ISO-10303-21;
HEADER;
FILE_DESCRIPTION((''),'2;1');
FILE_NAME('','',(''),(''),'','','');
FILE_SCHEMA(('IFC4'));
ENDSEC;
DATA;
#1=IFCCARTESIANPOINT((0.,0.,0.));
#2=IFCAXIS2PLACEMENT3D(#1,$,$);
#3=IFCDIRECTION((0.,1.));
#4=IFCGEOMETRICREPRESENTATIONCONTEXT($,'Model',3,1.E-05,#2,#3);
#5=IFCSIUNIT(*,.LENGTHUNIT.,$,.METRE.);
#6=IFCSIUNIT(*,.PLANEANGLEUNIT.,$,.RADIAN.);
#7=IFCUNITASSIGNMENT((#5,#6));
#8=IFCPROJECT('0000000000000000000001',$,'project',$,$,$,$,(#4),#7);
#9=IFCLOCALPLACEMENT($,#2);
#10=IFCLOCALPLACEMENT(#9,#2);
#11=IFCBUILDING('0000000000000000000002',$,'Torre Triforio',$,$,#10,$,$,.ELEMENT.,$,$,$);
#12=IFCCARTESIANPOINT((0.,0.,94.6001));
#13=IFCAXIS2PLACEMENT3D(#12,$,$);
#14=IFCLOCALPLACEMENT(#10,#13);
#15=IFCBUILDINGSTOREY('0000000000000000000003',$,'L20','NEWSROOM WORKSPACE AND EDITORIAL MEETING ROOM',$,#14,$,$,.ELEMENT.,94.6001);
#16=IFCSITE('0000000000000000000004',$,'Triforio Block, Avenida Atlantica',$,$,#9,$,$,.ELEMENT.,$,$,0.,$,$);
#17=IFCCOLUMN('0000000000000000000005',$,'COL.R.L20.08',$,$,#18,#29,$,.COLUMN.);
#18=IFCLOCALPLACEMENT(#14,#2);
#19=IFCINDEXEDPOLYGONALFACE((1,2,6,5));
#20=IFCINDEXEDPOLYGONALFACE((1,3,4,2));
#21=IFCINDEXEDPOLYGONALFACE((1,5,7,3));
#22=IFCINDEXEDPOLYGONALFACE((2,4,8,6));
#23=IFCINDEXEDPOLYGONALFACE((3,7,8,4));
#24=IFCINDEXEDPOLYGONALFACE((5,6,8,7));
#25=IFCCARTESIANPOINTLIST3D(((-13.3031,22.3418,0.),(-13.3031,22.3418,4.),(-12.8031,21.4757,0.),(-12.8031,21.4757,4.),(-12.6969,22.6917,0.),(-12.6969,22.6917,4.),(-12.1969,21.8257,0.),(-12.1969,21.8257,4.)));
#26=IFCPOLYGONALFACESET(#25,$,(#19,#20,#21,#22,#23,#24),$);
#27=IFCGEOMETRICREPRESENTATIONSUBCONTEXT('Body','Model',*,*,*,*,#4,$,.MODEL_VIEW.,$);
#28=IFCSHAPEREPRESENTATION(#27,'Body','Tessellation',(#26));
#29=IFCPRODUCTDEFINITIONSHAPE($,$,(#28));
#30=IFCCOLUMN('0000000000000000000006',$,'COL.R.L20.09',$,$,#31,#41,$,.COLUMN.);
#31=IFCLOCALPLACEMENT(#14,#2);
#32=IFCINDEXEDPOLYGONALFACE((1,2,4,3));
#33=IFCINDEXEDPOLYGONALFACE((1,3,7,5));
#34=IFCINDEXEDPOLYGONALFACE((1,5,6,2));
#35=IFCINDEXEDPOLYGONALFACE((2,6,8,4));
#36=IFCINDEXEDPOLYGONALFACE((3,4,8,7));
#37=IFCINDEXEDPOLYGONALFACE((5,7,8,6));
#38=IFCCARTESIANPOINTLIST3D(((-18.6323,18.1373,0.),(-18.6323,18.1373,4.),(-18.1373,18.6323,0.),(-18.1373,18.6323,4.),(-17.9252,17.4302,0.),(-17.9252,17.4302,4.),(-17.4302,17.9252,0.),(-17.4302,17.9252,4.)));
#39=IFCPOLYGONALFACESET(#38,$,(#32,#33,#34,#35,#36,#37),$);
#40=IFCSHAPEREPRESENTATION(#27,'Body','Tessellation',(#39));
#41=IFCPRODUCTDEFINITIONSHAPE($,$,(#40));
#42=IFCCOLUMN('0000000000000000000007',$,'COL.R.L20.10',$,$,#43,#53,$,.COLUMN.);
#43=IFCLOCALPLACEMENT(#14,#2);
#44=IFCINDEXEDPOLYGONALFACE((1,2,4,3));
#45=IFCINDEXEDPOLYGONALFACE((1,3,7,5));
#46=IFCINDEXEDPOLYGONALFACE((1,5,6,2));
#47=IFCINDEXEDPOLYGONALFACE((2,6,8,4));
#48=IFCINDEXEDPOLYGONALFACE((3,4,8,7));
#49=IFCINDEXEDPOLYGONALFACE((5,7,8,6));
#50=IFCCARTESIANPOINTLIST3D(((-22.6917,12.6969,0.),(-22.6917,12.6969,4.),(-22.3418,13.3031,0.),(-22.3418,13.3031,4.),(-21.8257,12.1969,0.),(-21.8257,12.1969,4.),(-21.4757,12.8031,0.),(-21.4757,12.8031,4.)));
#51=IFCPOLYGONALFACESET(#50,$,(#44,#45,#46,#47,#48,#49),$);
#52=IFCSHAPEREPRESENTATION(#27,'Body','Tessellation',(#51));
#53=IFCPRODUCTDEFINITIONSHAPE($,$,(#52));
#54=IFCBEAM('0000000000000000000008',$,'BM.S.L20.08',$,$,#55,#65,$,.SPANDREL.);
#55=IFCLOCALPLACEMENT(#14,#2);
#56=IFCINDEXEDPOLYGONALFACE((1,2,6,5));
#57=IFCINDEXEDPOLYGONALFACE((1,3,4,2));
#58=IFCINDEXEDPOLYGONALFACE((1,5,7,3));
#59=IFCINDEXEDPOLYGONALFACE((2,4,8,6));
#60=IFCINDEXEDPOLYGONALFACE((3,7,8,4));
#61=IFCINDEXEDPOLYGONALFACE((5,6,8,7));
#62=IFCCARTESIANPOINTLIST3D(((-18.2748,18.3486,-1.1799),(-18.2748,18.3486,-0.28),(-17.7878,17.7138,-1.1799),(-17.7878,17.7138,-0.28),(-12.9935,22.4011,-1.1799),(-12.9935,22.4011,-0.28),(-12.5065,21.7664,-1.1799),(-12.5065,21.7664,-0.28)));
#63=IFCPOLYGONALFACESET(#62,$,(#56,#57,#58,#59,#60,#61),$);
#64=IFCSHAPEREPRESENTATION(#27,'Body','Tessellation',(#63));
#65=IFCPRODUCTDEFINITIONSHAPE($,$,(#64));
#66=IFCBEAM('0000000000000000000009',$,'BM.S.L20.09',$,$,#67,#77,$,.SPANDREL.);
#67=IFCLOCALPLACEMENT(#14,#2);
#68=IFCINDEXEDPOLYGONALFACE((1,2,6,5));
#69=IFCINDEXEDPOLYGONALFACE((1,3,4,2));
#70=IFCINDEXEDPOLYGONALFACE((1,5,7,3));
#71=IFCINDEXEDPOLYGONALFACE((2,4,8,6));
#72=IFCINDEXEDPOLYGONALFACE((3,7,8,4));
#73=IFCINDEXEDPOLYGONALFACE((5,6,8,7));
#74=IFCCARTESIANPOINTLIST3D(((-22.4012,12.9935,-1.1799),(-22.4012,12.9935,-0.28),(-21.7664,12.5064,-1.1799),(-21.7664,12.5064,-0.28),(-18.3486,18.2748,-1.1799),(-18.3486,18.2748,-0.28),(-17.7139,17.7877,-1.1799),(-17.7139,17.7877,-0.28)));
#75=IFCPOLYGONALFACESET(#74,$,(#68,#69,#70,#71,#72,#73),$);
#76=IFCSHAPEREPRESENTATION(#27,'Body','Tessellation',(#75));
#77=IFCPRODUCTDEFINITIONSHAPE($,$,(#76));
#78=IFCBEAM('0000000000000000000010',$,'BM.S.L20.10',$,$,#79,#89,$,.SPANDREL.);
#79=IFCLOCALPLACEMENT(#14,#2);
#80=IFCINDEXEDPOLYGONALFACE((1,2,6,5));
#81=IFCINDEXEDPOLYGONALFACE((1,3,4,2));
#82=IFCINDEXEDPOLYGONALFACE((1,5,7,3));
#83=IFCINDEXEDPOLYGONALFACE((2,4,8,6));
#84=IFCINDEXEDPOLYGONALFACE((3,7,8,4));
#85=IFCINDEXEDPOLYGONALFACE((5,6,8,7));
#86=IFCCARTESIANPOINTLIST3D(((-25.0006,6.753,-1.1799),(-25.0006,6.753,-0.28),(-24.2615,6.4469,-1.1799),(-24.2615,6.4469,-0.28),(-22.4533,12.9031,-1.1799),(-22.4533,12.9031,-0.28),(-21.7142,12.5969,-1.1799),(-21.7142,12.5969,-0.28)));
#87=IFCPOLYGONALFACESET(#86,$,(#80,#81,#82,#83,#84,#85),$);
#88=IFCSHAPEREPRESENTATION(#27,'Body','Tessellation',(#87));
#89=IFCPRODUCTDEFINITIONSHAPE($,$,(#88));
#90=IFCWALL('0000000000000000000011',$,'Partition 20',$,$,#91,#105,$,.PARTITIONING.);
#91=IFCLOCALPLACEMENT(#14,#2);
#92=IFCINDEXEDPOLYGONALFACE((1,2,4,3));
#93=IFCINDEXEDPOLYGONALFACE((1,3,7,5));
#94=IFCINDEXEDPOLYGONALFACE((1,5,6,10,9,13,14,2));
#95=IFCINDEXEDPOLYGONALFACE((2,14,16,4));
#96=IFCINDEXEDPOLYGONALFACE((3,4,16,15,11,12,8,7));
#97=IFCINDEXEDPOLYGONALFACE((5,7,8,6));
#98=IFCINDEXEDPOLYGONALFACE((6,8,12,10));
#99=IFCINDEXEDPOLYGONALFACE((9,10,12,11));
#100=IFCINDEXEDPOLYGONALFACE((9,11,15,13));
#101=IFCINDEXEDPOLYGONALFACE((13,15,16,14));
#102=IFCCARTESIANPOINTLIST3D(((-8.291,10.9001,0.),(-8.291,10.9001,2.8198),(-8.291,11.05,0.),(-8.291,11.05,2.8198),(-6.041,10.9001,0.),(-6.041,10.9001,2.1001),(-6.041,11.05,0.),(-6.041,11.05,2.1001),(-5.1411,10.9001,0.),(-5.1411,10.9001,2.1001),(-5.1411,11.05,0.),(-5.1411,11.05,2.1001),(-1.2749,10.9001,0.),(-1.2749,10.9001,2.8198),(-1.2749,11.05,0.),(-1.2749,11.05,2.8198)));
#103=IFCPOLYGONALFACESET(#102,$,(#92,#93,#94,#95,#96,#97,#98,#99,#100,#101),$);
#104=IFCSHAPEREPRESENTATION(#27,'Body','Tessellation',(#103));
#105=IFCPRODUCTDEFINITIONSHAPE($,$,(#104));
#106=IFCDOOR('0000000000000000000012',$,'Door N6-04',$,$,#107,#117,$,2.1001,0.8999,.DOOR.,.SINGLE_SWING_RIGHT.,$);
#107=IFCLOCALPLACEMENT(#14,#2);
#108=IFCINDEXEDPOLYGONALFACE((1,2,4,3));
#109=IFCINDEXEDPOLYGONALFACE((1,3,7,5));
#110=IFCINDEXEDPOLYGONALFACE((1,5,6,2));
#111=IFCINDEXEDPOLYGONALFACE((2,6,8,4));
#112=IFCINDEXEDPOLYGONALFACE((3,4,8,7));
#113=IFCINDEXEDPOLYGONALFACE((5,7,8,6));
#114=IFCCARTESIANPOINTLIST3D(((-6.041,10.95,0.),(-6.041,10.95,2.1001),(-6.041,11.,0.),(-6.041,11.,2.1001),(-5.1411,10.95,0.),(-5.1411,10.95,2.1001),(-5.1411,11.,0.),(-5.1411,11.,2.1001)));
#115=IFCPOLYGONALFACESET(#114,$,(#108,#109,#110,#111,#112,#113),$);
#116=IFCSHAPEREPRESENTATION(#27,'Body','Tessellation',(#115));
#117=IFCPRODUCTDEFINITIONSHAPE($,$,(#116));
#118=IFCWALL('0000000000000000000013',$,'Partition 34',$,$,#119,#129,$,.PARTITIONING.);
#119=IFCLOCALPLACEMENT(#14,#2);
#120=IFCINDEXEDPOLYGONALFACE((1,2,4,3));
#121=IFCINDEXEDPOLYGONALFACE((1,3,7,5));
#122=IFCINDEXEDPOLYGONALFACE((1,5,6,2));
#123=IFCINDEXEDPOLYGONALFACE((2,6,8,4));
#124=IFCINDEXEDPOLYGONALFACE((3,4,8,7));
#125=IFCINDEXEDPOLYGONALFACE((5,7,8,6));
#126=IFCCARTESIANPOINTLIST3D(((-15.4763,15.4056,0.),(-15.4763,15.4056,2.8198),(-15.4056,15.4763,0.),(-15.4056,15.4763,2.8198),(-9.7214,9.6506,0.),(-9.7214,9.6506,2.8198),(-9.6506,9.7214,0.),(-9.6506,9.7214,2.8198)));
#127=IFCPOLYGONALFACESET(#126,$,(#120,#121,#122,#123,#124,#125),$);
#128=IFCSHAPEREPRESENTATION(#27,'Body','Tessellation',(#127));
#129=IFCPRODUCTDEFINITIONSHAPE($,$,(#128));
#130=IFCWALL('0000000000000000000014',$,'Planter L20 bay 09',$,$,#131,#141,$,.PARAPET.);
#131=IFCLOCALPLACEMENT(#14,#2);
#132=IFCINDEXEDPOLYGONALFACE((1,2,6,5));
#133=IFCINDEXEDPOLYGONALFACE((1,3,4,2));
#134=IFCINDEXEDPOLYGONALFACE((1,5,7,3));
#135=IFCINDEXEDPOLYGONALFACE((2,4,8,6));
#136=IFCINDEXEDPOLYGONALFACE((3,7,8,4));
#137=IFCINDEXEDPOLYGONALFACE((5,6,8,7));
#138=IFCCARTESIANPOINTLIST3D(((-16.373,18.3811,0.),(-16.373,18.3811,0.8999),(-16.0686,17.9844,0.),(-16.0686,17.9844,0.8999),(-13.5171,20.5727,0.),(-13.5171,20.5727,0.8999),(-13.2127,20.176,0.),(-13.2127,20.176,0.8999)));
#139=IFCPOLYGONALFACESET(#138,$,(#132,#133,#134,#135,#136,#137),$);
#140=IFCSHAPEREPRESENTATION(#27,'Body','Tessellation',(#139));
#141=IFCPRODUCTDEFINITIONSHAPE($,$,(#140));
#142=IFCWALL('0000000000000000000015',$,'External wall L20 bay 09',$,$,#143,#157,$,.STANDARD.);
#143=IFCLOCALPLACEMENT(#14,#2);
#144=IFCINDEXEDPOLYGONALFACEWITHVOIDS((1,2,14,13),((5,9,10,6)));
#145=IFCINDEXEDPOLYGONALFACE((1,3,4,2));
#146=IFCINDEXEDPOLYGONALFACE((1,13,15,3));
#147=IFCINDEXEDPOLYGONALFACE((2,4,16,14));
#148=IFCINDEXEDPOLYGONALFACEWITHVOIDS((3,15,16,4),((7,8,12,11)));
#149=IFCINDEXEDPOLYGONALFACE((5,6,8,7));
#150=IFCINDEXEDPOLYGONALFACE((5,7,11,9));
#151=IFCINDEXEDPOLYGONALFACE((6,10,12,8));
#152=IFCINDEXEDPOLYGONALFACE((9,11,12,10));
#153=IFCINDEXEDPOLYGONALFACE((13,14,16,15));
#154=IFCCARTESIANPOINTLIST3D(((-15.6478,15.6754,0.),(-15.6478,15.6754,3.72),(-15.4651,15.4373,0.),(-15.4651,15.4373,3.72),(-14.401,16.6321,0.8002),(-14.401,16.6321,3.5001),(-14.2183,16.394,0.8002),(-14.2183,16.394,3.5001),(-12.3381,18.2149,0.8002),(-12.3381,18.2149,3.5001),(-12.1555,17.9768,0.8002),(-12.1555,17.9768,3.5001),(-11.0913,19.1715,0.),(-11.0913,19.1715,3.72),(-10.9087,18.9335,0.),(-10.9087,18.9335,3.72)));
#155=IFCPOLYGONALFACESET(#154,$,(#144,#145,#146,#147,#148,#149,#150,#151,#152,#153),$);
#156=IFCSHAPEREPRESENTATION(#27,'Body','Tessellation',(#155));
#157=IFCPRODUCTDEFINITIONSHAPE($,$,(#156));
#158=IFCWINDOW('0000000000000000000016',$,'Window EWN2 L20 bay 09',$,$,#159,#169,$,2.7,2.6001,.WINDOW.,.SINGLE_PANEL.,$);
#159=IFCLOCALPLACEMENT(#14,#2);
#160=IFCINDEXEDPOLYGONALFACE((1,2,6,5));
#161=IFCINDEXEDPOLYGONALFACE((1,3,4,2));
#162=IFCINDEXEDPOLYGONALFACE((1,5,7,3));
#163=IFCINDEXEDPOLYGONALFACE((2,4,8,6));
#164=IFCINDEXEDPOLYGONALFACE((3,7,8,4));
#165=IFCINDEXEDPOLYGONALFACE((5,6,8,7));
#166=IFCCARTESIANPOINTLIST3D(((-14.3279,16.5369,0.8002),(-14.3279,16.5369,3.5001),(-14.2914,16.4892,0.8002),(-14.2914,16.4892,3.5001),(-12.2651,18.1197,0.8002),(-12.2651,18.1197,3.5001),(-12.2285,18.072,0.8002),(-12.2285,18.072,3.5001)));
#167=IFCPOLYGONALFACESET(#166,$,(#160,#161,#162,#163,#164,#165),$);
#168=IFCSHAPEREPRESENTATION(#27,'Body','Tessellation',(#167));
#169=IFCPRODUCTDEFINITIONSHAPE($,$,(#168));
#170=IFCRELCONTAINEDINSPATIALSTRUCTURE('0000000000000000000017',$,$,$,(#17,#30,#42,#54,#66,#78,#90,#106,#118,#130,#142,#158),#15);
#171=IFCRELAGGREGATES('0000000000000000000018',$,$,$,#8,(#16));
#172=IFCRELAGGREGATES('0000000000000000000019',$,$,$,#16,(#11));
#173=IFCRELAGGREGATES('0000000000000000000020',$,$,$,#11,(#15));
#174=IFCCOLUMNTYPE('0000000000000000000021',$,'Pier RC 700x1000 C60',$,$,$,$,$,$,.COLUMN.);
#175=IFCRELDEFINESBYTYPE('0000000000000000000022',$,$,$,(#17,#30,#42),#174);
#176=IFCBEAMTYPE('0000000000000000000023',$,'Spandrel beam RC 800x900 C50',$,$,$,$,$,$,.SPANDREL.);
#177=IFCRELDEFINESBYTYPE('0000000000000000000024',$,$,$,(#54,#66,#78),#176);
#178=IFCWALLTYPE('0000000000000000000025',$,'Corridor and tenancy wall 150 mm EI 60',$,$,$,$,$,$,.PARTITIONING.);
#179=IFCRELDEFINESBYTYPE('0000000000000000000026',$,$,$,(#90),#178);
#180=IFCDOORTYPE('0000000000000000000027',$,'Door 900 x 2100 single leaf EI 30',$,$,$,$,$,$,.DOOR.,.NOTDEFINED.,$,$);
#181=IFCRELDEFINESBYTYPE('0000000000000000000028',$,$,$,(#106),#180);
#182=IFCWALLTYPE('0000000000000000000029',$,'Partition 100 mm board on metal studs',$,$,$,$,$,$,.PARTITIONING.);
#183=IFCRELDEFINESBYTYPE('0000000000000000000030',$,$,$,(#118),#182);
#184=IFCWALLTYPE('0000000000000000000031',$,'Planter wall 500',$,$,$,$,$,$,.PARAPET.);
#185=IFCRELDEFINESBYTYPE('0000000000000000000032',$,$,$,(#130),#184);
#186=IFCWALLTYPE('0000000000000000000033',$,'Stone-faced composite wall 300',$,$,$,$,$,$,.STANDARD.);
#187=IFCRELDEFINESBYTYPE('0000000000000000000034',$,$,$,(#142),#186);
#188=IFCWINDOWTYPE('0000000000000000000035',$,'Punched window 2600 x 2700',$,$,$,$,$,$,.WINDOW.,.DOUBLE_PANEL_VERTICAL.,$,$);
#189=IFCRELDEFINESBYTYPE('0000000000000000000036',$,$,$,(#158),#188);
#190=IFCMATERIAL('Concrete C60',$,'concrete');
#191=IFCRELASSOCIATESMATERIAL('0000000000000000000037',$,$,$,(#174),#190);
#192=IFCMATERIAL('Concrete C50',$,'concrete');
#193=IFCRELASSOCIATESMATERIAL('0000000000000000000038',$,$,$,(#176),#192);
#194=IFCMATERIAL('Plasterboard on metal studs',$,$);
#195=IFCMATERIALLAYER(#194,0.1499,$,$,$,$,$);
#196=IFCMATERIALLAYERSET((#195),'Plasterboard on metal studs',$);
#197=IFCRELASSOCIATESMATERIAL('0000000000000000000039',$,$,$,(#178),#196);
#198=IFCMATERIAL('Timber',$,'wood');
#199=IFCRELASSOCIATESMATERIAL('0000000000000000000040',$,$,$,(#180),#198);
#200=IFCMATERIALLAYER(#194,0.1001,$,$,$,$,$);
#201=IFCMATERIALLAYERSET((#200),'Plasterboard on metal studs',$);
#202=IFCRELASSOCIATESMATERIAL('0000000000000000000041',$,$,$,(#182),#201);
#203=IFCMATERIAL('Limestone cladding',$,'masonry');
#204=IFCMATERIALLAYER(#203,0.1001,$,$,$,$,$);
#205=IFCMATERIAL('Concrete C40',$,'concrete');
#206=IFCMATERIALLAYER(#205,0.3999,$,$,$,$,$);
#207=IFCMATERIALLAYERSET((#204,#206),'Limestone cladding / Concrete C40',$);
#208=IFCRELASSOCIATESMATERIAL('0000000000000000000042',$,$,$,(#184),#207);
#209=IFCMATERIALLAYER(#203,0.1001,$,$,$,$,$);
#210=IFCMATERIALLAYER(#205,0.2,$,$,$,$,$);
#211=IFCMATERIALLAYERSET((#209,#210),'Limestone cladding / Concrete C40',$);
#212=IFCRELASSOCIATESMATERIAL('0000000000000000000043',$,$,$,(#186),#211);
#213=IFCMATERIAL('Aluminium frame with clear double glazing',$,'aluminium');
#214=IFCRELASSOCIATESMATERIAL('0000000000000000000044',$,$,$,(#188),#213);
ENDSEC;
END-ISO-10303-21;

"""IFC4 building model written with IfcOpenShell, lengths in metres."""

from ifc_helpers import new_model, si_unit, direction, frame, frame_2d, origin, origin_2d, place, context, subcontext, project, spatial, rectangle, extrude, material, layer, layer_set, material_profile, profile_set, type_object, element, fill, save


model = new_model("IFC4")

# Units and contexts
model_context = context("Model", 3, precision=1e-05, world=origin(), true_north=direction((0.0, 1.0)))
body_context = subcontext(model_context, "Body", "Model", "MODEL_VIEW")
ifc_project = project(units=[si_unit("LENGTHUNIT", "METRE"), si_unit("PLANEANGLEUNIT", "RADIAN")], contexts=[model_context])

# Site, building, storey
site_placement = place(None, origin())
site = spatial("IfcSite", under=ifc_project, at=site_placement, Name="Triforio Block, Avenida Atlantica", CompositionType="ELEMENT", RefElevation=0.0)
building_placement = place(site_placement, origin())
building = spatial("IfcBuilding", under=site, at=building_placement, Name="Torre Triforio", CompositionType="ELEMENT")
storey_placement = place(building_placement, frame((0.0, 0.0, 94.6001)))
storey = spatial("IfcBuildingStorey", under=building, at=storey_placement, Name="L20", Description="NEWSROOM WORKSPACE AND EDITORIAL MEETING ROOM", CompositionType="ELEMENT", Elevation=94.6001)

# Columns
ifc_material_1 = material(Name="Concrete C60", Category="concrete")
ifc_material_profile_1 = material_profile(ifc_material_1, rectangle(XDim=0.7, YDim=1.0, at=origin_2d()), Name="RC 700x1000")
ifc_profile_set_1 = profile_set([ifc_material_profile_1], Name="Concrete C60")
column_type = type_object("IfcColumnType", Name="Pier RC 700x1000 C60", PredefinedType="COLUMN", material=ifc_profile_set_1)
for number, where, z_axis, x_axis, name in (
    (1, (-12.75, 22.0837, 0.0), (0.0, 0.0, 1.0), (-0.866025, -0.5, 0.0), "COL.R.L20.08"),
    (2, (-18.0312, 18.0312, 0.0), (0.0, 0.0, 1.0), (-0.707107, -0.707107, 0.0), "COL.R.L20.09"),
    (3, (-22.0837, 12.75, 0.0), (0.0, 0.0, 1.0), (-0.5, -0.866025, 0.0), "COL.R.L20.10"),
):
    element("IfcColumn", number, at=place(storey_placement, frame(where, z_axis=z_axis, x_axis=x_axis)), inside=storey, type_object=column_type, Name=name, PredefinedType="COLUMN", context=body_context, shape_type="SweptSolid", body=[
        extrude(rectangle(XDim=0.7, YDim=1.0, at=origin_2d()), origin(), (0.0, 0.0, 1.0), 4.0),
    ])

# Beams
ifc_material_2 = material(Name="Concrete C50", Category="concrete")
ifc_material_profile_2 = material_profile(ifc_material_2, rectangle(XDim=0.8, YDim=0.8999, at=origin_2d()), Name="RC 800x900")
ifc_profile_set_2 = profile_set([ifc_material_profile_2], Name="Concrete C50")
beam_type = type_object("IfcBeamType", Name="Spandrel beam RC 800x900 C50", PredefinedType="SPANDREL", material=ifc_profile_set_2)
for number, where, z_axis, x_axis, name in (
    (4, (-12.75, 22.0837, -0.73), (-0.79335, -0.608766, 0.0), (0.608766, -0.79335, 0.0), "BM.S.L20.08"),
    (5, (-18.0312, 18.0312, -0.73), (-0.608766, -0.79335, 0.0), (0.79335, -0.608766, 0.0), "BM.S.L20.09"),
):
    element("IfcBeam", number, at=place(storey_placement, frame(where, z_axis=z_axis, x_axis=x_axis)), inside=storey, type_object=beam_type, Name=name, PredefinedType="SPANDREL", context=body_context, shape_type="SweptSolid", body=[
        extrude(rectangle(XDim=0.8, YDim=0.8999, at=origin_2d()), origin(), (0.0, 0.0, 1.0), 6.657),
    ])
beam_placement = place(storey_placement, frame((-22.0837, 12.75, -0.73), z_axis=(-0.382669, -0.923885, 0.0), x_axis=(0.923885, -0.382669, 0.0)))
element("IfcBeam", 6, at=beam_placement, inside=storey, type_object=beam_type, Name="BM.S.L20.10", PredefinedType="SPANDREL", context=body_context, shape_type="SweptSolid", body=[
    extrude(rectangle(XDim=0.8, YDim=0.8999, at=origin_2d()), origin(), (0.0, 0.0, 1.0), 6.6567),
])

# Wall, opening, door
ifc_material_3 = material(Name="Plasterboard on metal studs")
ifc_layer_1 = layer(ifc_material_3, 0.1499)
ifc_layer_set_1 = layer_set([ifc_layer_1], Name="Plasterboard on metal studs")
wall_type_1 = type_object("IfcWallType", Name="Corridor and tenancy wall 150 mm EI 60", PredefinedType="PARTITIONING", material=ifc_layer_set_1)
wall_1_placement = place(storey_placement, frame((-8.291, 10.9751, 0.0), z_axis=(0.0, 0.0, 1.0), x_axis=(1.0, 0.0, 0.0)))
wall_1 = element("IfcWall", 7, at=wall_1_placement, inside=storey, type_object=wall_type_1, Name="Partition 20", PredefinedType="PARTITIONING", context=body_context, shape_type="SweptSolid", body=[
    extrude(rectangle(XDim=7.0161, YDim=0.1499, at=frame_2d((3.5081, 0.0))), origin(), (0.0, 0.0, 1.0), 2.8198),
])
opening_1_placement = place(wall_1_placement, frame((2.25, 0.0, 0.0)))
opening_1 = element("IfcOpeningElement", 8, at=opening_1_placement, cuts=wall_1, PredefinedType="OPENING", context=body_context, shape_type="SweptSolid", body=[
    extrude(rectangle(XDim=0.8999, YDim=2.1001, at=frame_2d((0.45, 1.05))), frame((0.0, 0.085, 0.0), z_axis=(0.0, -1.0, 0.0), x_axis=(1.0, 0.0, 0.0)), (0.0, 0.0, 1.0), 0.1699),
])
ifc_material_4 = material(Name="Timber", Category="wood")
door_type_1 = type_object("IfcDoorType", Name="Door 900 x 2100 single leaf EI 30", OperationType="NOTDEFINED", PredefinedType="DOOR", material=ifc_material_4)
door_1_placement = place(opening_1_placement, origin())
door_1 = element("IfcDoor", 9, at=door_1_placement, inside=storey, type_object=door_type_1, Name="Door N6-04", OperationType="SINGLE_SWING_RIGHT", OverallHeight=2.1001, OverallWidth=0.8999, PredefinedType="DOOR", context=body_context, shape_type="SweptSolid", body=[
    extrude(rectangle(XDim=0.8999, YDim=2.1001, at=frame_2d((0.45, 1.05))), frame((0.0, 0.0249, 0.0), z_axis=(0.0, -1.0, 0.0), x_axis=(1.0, 0.0, 0.0)), (0.0, 0.0, 1.0), 0.05),
])
fill(opening_1, door_1)

# Walls
ifc_layer_2 = layer(ifc_material_3, 0.1001)
ifc_layer_set_2 = layer_set([ifc_layer_2], Name="Plasterboard on metal studs")
wall_type_2 = type_object("IfcWallType", Name="Partition 100 mm board on metal studs", PredefinedType="PARTITIONING", material=ifc_layer_set_2)
wall_2_placement = place(storey_placement, frame((-9.686, 9.686, 0.0), z_axis=(0.0, 0.0, 1.0), x_axis=(-0.707107, 0.707107, 0.0)))
element("IfcWall", 10, at=wall_2_placement, inside=storey, type_object=wall_type_2, Name="Partition 34", PredefinedType="PARTITIONING", context=body_context, shape_type="SweptSolid", body=[
    extrude(rectangle(XDim=8.1387, YDim=0.1001, at=frame_2d((4.0693, 0.0))), origin(), (0.0, 0.0, 1.0), 2.8198),
])
ifc_material_5 = material(Name="Limestone cladding", Category="masonry")
ifc_layer_3 = layer(ifc_material_5, 0.1001)
ifc_material_6 = material(Name="Concrete C40", Category="concrete")
ifc_layer_4 = layer(ifc_material_6, 0.3999)
ifc_layer_set_3 = layer_set([ifc_layer_3, ifc_layer_4], Name="Limestone cladding / Concrete C40")
wall_type_3 = type_object("IfcWallType", Name="Planter wall 500", PredefinedType="PARAPET", material=ifc_layer_set_3)
wall_3_placement = place(storey_placement, frame((-13.365, 20.3743, 0.0), z_axis=(0.0, 0.0, 1.0), x_axis=(-0.793327, -0.608796, 0.0)))
element("IfcWall", 11, at=wall_3_placement, inside=storey, type_object=wall_type_3, Name="Planter L20 bay 09", PredefinedType="PARAPET", context=body_context, shape_type="SweptSolid", body=[
    extrude(rectangle(XDim=3.5999, YDim=0.5, at=frame_2d((1.7998, 0.0))), origin(), (0.0, 0.0, 1.0), 0.8999),
])

# Wall, opening, window
ifc_layer_5 = layer(ifc_material_5, 0.1001)
ifc_layer_6 = layer(ifc_material_6, 0.2)
ifc_layer_set_4 = layer_set([ifc_layer_5, ifc_layer_6], Name="Limestone cladding / Concrete C40")
wall_type_4 = type_object("IfcWallType", Name="Stone-faced composite wall 300", PredefinedType="STANDARD", material=ifc_layer_set_4)
wall_4_placement = place(storey_placement, frame((-11.0, 19.0525, 0.0), z_axis=(0.0, 0.0, 1.0), x_axis=(-0.793366, -0.608745, 0.0)))
wall_4 = element("IfcWall", 12, at=wall_4_placement, inside=storey, type_object=wall_type_4, Name="External wall L20 bay 09", PredefinedType="STANDARD", context=body_context, shape_type="SweptSolid", body=[
    extrude(rectangle(XDim=5.7432, YDim=0.3, at=frame_2d((2.8716, 0.0))), origin(), (0.0, 0.0, 1.0), 3.72),
])
opening_2_placement = place(wall_4_placement, frame((1.5715, 0.0, 0.8)))
opening_2 = element("IfcOpeningElement", 13, at=opening_2_placement, cuts=wall_4, PredefinedType="OPENING", context=body_context, shape_type="SweptSolid", body=[
    extrude(rectangle(XDim=2.6001, YDim=2.7, at=frame_2d((1.3, 1.3501))), frame((0.0, 0.1599, 0.0), z_axis=(0.0, -1.0, 0.0), x_axis=(1.0, 0.0, 0.0)), (0.0, 0.0, 1.0), 0.3201),
])
ifc_material_7 = material(Name="Aluminium frame with clear double glazing", Category="aluminium")
window_type_1 = type_object("IfcWindowType", Name="Punched window 2600 x 2700", PartitioningType="DOUBLE_PANEL_VERTICAL", PredefinedType="WINDOW", material=ifc_material_7)
window_1_placement = place(opening_2_placement, origin())
window_1 = element("IfcWindow", 14, at=window_1_placement, inside=storey, type_object=window_type_1, Name="Window EWN2 L20 bay 09", OverallHeight=2.7, OverallWidth=2.6001, PartitioningType="SINGLE_PANEL", PredefinedType="WINDOW", context=body_context, shape_type="SweptSolid", body=[
    extrude(rectangle(XDim=2.6001, YDim=2.7, at=frame_2d((1.3, 1.3501))), frame((0.0, 0.03, 0.0), z_axis=(0.0, -1.0, 0.0), x_axis=(1.0, 0.0, 0.0)), (0.0, 0.0, 1.0), 0.0601),
])
fill(opening_2, window_1)

save(model, "model.ifc")
